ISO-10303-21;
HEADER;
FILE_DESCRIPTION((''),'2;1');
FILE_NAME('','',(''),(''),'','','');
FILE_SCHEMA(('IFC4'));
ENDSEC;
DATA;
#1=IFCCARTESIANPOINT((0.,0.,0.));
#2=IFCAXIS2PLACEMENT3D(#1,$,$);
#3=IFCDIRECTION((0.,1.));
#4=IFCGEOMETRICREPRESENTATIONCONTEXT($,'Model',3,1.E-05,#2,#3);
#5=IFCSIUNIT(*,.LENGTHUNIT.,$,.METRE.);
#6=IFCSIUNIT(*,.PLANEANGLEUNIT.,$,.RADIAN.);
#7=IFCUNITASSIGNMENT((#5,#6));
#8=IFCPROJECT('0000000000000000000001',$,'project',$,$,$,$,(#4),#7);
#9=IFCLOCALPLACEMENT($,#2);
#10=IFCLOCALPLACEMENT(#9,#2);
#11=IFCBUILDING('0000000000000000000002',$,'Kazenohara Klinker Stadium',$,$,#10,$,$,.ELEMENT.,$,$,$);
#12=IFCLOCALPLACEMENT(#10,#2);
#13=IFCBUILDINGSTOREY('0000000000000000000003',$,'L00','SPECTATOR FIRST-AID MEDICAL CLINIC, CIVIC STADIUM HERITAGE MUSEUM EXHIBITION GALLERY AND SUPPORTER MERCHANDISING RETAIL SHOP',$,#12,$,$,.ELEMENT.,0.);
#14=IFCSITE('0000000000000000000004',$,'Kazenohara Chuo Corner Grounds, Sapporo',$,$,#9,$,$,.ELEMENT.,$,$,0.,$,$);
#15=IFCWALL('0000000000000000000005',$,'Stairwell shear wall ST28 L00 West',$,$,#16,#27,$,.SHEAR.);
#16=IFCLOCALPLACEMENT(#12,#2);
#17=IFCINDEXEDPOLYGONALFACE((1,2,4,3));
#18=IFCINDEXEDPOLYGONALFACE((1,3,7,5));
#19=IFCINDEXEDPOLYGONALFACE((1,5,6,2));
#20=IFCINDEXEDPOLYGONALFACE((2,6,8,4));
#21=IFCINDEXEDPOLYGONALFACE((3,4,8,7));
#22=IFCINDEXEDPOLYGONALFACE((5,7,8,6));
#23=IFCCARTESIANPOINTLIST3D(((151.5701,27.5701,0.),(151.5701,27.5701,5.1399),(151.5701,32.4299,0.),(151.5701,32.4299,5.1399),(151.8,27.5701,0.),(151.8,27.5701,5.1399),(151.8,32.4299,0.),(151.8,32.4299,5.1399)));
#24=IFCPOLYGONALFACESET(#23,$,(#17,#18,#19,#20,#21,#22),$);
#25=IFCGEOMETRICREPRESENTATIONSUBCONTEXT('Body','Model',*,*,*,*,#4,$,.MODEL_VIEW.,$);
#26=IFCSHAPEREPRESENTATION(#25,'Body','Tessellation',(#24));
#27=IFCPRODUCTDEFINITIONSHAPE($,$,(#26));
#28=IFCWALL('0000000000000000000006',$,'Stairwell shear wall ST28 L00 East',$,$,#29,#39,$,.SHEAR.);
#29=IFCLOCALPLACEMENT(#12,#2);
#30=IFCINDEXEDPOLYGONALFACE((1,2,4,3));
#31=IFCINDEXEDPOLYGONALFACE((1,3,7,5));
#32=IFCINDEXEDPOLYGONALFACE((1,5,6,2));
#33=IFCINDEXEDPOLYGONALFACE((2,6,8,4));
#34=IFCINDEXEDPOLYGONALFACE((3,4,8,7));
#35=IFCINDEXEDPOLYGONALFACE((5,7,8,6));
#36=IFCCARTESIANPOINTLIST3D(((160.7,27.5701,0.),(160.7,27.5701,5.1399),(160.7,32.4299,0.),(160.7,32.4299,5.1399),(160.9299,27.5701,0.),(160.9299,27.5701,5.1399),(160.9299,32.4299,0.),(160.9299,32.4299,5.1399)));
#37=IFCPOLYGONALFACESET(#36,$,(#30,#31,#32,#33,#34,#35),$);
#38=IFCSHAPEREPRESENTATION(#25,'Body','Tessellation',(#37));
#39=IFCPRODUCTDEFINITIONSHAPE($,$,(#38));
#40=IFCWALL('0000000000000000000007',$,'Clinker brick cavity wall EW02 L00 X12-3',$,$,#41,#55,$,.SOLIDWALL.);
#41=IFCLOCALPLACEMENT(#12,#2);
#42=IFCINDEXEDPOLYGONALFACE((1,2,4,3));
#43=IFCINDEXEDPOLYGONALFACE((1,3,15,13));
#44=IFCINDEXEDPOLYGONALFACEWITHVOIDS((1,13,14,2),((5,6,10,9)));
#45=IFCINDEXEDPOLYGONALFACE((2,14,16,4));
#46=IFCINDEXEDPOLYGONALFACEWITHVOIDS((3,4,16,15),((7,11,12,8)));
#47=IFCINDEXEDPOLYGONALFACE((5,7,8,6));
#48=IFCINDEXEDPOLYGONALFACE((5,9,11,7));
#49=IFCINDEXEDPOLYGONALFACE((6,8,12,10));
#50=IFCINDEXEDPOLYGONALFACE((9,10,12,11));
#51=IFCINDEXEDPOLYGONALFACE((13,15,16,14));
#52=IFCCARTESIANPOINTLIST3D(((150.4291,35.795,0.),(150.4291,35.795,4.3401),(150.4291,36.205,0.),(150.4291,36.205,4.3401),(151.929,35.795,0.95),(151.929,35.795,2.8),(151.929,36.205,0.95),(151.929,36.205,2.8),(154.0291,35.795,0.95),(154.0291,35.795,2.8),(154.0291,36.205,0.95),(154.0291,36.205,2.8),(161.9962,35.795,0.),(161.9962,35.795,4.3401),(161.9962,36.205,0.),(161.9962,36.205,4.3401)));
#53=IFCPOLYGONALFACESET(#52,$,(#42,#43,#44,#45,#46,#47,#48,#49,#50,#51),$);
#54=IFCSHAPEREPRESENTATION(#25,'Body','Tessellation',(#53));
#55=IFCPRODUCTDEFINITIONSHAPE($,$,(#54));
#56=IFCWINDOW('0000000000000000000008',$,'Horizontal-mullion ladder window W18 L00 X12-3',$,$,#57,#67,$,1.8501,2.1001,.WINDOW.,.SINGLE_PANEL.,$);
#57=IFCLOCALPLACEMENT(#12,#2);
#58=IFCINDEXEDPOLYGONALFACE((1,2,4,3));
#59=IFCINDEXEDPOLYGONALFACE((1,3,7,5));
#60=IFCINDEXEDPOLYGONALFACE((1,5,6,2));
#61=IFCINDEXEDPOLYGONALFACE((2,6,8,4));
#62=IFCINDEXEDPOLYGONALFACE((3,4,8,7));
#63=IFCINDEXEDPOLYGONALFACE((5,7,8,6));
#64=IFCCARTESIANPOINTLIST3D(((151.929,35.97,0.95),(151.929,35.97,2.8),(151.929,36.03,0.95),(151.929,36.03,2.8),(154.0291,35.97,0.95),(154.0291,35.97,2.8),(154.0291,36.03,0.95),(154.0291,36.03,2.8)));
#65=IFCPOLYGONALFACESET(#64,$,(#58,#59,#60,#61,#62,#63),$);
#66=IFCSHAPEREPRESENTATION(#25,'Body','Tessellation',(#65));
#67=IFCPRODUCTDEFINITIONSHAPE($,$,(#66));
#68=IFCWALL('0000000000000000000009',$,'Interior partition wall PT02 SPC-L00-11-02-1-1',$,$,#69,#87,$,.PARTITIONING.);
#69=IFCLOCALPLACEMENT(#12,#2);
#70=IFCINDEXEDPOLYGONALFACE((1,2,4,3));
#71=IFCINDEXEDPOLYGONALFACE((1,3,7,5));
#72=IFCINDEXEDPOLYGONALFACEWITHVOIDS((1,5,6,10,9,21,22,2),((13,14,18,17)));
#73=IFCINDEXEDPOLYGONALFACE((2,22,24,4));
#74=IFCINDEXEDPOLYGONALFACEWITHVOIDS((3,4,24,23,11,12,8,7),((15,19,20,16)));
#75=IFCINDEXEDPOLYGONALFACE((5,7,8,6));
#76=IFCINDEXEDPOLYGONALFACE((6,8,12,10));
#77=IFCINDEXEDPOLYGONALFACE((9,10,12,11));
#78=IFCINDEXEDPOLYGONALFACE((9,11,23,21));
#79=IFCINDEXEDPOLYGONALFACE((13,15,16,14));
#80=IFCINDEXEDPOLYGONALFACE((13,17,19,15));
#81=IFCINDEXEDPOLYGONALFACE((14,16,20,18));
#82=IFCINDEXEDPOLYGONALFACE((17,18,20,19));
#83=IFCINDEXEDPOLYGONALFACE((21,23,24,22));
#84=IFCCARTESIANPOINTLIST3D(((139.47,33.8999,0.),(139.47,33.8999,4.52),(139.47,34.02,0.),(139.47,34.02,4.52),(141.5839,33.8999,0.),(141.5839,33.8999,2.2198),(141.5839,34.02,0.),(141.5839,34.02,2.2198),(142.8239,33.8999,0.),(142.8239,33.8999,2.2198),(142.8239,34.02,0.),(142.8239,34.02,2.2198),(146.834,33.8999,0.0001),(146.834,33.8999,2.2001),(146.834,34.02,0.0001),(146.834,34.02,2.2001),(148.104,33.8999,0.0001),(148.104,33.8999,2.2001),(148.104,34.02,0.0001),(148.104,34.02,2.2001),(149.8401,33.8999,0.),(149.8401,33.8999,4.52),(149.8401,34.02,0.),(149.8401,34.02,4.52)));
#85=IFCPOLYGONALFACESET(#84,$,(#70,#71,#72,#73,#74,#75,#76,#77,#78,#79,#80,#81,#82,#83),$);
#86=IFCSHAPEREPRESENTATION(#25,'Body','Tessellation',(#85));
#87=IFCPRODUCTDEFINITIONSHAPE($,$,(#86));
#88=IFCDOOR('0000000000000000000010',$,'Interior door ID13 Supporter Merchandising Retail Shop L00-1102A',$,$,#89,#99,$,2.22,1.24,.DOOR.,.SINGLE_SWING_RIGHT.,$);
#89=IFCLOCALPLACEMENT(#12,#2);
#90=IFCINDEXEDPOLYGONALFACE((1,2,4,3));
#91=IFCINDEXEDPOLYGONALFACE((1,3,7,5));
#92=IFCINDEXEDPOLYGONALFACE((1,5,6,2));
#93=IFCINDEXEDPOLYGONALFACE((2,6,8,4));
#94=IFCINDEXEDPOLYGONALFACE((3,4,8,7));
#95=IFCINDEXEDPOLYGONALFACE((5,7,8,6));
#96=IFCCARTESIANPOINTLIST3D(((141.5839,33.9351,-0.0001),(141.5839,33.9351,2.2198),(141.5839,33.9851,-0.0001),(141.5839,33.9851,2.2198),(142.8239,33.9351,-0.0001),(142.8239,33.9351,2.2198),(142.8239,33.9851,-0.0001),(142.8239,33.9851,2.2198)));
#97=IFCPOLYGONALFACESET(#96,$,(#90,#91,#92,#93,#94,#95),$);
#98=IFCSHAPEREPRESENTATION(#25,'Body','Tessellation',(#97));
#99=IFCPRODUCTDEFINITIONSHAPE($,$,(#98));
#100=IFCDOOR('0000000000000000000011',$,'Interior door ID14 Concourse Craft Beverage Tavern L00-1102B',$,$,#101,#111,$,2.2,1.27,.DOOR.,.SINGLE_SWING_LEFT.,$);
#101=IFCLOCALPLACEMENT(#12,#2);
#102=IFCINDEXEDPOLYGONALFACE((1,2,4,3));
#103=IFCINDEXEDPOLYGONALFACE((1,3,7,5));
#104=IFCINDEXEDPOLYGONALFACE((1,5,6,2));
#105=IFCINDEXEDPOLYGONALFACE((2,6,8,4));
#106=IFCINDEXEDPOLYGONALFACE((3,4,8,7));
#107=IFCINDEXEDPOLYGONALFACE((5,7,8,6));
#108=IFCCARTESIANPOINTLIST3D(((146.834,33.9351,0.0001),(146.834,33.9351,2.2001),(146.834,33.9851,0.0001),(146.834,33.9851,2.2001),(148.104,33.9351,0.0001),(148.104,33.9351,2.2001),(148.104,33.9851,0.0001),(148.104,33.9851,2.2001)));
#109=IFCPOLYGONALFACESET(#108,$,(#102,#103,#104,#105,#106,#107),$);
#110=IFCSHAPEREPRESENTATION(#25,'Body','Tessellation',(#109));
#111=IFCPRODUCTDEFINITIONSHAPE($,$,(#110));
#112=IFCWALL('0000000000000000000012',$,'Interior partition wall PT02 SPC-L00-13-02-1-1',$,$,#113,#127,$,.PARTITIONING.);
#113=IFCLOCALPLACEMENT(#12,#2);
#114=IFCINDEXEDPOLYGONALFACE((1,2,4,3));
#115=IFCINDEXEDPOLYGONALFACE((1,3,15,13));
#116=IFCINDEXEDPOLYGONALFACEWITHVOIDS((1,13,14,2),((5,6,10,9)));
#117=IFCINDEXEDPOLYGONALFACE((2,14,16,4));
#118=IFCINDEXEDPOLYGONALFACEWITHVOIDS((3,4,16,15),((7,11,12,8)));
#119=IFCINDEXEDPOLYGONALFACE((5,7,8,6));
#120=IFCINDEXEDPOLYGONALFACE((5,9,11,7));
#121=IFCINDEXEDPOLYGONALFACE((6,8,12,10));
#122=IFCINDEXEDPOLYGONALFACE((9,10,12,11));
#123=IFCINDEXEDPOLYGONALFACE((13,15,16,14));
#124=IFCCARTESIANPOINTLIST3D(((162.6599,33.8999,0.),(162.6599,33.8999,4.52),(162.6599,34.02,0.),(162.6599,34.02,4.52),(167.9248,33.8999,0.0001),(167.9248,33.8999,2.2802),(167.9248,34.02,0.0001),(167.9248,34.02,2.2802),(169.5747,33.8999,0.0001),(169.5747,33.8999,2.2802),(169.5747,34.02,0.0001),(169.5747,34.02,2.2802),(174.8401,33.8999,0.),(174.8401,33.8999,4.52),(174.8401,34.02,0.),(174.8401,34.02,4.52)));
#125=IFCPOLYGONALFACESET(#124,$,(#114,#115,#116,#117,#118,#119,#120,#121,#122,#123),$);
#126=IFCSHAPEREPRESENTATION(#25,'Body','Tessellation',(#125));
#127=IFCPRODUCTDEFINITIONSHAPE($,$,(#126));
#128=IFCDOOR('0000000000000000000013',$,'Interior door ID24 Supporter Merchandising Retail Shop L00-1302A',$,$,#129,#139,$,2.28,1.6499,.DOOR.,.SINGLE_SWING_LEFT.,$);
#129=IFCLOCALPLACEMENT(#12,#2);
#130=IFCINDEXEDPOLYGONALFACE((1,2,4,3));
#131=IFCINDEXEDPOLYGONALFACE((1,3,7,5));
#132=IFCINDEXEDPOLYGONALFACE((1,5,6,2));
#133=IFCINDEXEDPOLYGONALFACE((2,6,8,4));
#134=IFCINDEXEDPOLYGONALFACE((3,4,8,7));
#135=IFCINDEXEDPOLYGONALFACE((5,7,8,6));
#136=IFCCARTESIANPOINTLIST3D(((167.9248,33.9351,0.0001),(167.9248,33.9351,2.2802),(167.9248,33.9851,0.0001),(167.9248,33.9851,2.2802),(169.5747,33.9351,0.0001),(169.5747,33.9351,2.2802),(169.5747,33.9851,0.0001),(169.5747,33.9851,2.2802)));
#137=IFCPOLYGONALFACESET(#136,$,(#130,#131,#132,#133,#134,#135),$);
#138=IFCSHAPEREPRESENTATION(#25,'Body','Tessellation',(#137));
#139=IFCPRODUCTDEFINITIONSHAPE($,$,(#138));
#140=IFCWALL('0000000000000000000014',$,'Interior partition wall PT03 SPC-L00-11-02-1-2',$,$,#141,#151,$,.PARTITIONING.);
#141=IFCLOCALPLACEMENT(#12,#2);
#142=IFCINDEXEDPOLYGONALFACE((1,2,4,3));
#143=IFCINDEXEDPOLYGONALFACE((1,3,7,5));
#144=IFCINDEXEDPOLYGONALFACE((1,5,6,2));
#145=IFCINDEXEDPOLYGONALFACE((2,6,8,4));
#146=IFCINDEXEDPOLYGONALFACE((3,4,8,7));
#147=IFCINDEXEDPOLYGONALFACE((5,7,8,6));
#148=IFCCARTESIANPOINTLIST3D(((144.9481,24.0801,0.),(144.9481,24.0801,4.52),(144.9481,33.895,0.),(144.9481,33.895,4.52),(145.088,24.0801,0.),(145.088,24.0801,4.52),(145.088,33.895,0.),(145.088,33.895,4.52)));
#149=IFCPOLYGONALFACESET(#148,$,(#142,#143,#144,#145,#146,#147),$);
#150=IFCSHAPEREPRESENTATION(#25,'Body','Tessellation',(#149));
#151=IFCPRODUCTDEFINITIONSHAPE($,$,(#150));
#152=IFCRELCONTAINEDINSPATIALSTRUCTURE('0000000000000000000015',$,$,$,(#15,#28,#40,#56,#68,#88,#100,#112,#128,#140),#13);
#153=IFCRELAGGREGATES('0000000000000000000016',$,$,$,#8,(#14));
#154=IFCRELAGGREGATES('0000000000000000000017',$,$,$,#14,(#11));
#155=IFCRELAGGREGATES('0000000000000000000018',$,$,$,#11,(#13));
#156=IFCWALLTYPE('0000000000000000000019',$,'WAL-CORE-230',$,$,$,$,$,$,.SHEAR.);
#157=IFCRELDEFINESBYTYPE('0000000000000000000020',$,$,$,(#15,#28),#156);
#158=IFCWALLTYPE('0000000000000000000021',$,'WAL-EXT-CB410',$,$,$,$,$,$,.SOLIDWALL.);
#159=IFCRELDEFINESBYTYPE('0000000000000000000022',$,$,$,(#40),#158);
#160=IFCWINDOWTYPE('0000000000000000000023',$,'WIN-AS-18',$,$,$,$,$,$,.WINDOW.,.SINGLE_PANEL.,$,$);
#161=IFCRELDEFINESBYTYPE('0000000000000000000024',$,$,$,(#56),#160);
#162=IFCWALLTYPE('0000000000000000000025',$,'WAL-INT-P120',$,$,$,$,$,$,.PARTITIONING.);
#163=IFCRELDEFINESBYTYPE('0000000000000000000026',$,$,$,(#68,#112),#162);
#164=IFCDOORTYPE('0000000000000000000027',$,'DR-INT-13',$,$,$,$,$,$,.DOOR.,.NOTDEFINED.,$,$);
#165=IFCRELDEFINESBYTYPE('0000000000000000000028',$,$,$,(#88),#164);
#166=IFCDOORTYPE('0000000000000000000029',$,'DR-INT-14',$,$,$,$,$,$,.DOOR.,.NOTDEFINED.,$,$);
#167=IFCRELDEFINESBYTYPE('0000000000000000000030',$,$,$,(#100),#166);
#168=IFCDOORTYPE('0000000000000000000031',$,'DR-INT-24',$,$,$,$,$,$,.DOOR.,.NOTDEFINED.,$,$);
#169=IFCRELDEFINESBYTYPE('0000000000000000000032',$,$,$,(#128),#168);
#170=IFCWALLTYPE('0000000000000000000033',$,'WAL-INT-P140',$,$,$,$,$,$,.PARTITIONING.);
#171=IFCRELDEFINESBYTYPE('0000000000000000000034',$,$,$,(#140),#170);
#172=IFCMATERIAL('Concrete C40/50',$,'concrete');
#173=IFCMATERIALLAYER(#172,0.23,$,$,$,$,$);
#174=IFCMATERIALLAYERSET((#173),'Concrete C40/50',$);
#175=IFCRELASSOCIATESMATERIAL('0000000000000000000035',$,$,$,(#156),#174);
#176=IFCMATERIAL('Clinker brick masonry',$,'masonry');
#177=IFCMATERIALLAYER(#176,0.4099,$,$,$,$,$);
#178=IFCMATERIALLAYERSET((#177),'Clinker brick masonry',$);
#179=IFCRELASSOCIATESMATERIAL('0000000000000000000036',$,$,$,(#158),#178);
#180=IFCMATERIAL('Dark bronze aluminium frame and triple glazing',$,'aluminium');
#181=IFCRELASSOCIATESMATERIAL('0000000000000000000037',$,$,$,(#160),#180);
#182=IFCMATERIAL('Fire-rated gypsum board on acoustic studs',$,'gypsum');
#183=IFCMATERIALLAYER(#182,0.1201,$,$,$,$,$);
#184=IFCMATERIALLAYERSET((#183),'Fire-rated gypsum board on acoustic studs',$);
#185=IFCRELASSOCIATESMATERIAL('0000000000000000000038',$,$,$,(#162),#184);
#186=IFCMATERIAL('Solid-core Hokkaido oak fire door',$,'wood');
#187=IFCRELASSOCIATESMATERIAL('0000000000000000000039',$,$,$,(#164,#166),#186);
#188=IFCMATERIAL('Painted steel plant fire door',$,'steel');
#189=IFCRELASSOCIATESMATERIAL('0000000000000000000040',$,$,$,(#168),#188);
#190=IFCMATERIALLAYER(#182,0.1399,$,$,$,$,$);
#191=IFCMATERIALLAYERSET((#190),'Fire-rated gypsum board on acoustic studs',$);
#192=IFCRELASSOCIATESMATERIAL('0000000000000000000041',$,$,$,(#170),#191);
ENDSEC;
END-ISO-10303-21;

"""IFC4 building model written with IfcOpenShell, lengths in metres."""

from ifc_helpers import new_model, si_unit, direction, frame, frame_2d, origin, place, context, subcontext, project, spatial, rectangle, extrude, material, layer, layer_set, type_object, element, fill, save


model = new_model("IFC4")

# Units and contexts
model_context = context("Model", 3, precision=1e-05, world=origin(), true_north=direction((0.0, 1.0)))
body_context = subcontext(model_context, "Body", "Model", "MODEL_VIEW")
ifc_project = project(units=[si_unit("LENGTHUNIT", "METRE"), si_unit("PLANEANGLEUNIT", "RADIAN")], contexts=[model_context])

# Site, building, storey
site_placement = place(None, origin())
site = spatial("IfcSite", under=ifc_project, at=site_placement, Name="Kazenohara Chuo Corner Grounds, Sapporo", CompositionType="ELEMENT", RefElevation=0.0)
building_placement = place(site_placement, origin())
building = spatial("IfcBuilding", under=site, at=building_placement, Name="Kazenohara Klinker Stadium", CompositionType="ELEMENT")
storey_placement = place(building_placement, origin())
storey = spatial("IfcBuildingStorey", under=building, at=storey_placement, Name="L00", Description="SPECTATOR FIRST-AID MEDICAL CLINIC, CIVIC STADIUM HERITAGE MUSEUM EXHIBITION GALLERY AND SUPPORTER MERCHANDISING RETAIL SHOP", CompositionType="ELEMENT", Elevation=0.0)

# Shared definitions
ifc_material_1 = material(Name="Concrete C40/50", Category="concrete")

# Shared definitions
ifc_layer_1 = layer(ifc_material_1, 0.23)
ifc_layer_set_1 = layer_set([ifc_layer_1], Name="Concrete C40/50")
wall_type_1 = type_object("IfcWallType", Name="WAL-CORE-230", PredefinedType="SHEAR", material=ifc_layer_set_1)

# Walls
for number, where, z_axis, x_axis, name in (
    (1, (151.6851, 27.5701, 0.0), (0.0, 0.0, 1.0), (0.0, 1.0, 0.0), "Stairwell shear wall ST28 L00 West"),
    (2, (160.8149, 27.5701, 0.0), (0.0, 0.0, 1.0), (0.0, 1.0, 0.0), "Stairwell shear wall ST28 L00 East"),
):
    element("IfcWall", number, at=place(storey_placement, frame(where, z_axis=z_axis, x_axis=x_axis)), inside=storey, type_object=wall_type_1, Name=name, PredefinedType="SHEAR", context=body_context, shape_type="SweptSolid", body=[
        extrude(rectangle(XDim=4.8599, YDim=0.23, at=frame_2d((2.4299, 0.0))), origin(), (0.0, 0.0, 1.0), 5.1399),
    ])

# Wall, opening, window
ifc_material_2 = material(Name="Clinker brick masonry", Category="masonry")
ifc_layer_2 = layer(ifc_material_2, 0.4099)
ifc_layer_set_2 = layer_set([ifc_layer_2], Name="Clinker brick masonry")
wall_type_2 = type_object("IfcWallType", Name="WAL-EXT-CB410", PredefinedType="SOLIDWALL", material=ifc_layer_set_2)
wall_1_placement = place(storey_placement, frame((150.429, 36.0, 0.0), z_axis=(0.0, 0.0, 1.0), x_axis=(1.0, 0.0, 0.0)))
wall_1 = element("IfcWall", 3, at=wall_1_placement, inside=storey, type_object=wall_type_2, Name="Clinker brick cavity wall EW02 L00 X12-3", PredefinedType="SOLIDWALL", context=body_context, shape_type="SweptSolid", body=[
    extrude(rectangle(XDim=11.5671, YDim=0.4099, at=frame_2d((5.7837, 0.0))), origin(), (0.0, 0.0, 1.0), 4.3401),
])
opening_1_placement = place(wall_1_placement, frame((1.5, 0.0, 0.95)))
opening_1 = element("IfcOpeningElement", 4, at=opening_1_placement, cuts=wall_1, PredefinedType="OPENING", context=body_context, shape_type="SweptSolid", body=[
    extrude(rectangle(XDim=2.1001, YDim=1.8501, at=frame_2d((1.05, 0.925))), frame((0.0, 0.2148, 0.0), z_axis=(0.0, -1.0, 0.0), x_axis=(1.0, 0.0, 0.0)), (0.0, 0.0, 1.0), 0.4299),
])
ifc_material_3 = material(Name="Dark bronze aluminium frame and triple glazing", Category="aluminium")
window_type = type_object("IfcWindowType", Name="WIN-AS-18", PartitioningType="SINGLE_PANEL", PredefinedType="WINDOW", material=ifc_material_3)
window_placement = place(opening_1_placement, origin())
window = element("IfcWindow", 5, at=window_placement, inside=storey, type_object=window_type, Name="Horizontal-mullion ladder window W18 L00 X12-3", OverallHeight=1.8501, OverallWidth=2.1001, PartitioningType="SINGLE_PANEL", PredefinedType="WINDOW", context=body_context, shape_type="SweptSolid", body=[
    extrude(rectangle(XDim=2.1001, YDim=1.8501, at=frame_2d((1.05, 0.925))), frame((0.0, 0.03, 0.0), z_axis=(0.0, -1.0, 0.0), x_axis=(1.0, 0.0, 0.0)), (0.0, 0.0, 1.0), 0.0601),
])
fill(opening_1, window)

# Wall, openings, doors
ifc_material_4 = material(Name="Fire-rated gypsum board on acoustic studs", Category="gypsum")
ifc_layer_3 = layer(ifc_material_4, 0.1201)
ifc_layer_set_3 = layer_set([ifc_layer_3], Name="Fire-rated gypsum board on acoustic studs")
wall_type_3 = type_object("IfcWallType", Name="WAL-INT-P120", PredefinedType="PARTITIONING", material=ifc_layer_set_3)
wall_2_placement = place(storey_placement, frame((139.47, 33.96, 0.0), z_axis=(0.0, 0.0, 1.0), x_axis=(1.0, 0.0, 0.0)))
wall_2 = element("IfcWall", 6, at=wall_2_placement, inside=storey, type_object=wall_type_3, Name="Interior partition wall PT02 SPC-L00-11-02-1-1", PredefinedType="PARTITIONING", context=body_context, shape_type="SweptSolid", body=[
    extrude(rectangle(XDim=10.3701, YDim=0.1201, at=frame_2d((5.1851, 0.0))), origin(), (0.0, 0.0, 1.0), 4.52),
])
opening_2_placement = place(wall_2_placement, frame((3.354, 0.0, 0.0), z_axis=(0.0, 0.0, 1.0), x_axis=(-1.0, 0.0, 0.0)))
opening_2 = element("IfcOpeningElement", 7, at=opening_2_placement, cuts=wall_2, PredefinedType="OPENING", context=body_context, shape_type="SweptSolid", body=[
    extrude(rectangle(XDim=1.24, YDim=2.22, at=frame_2d((0.6201, 1.1099))), frame((0.0, 0.0701, 0.0), z_axis=(0.0, -1.0, 0.0), x_axis=(1.0, 0.0, 0.0)), (0.0, 0.0, 1.0), 0.1401),
])
opening_3_placement = place(wall_2_placement, frame((8.634, 0.0, 0.0), z_axis=(0.0, 0.0, 1.0), x_axis=(-1.0, 0.0, 0.0)))
opening_3 = element("IfcOpeningElement", 8, at=opening_3_placement, cuts=wall_2, PredefinedType="OPENING", context=body_context, shape_type="SweptSolid", body=[
    extrude(rectangle(XDim=1.27, YDim=2.2, at=frame_2d((0.635, 1.1001))), frame((0.0, 0.0701, 0.0), z_axis=(0.0, -1.0, 0.0), x_axis=(1.0, 0.0, 0.0)), (0.0, 0.0, 1.0), 0.1401),
])
ifc_material_5 = material(Name="Solid-core Hokkaido oak fire door", Category="wood")
door_type_1 = type_object("IfcDoorType", Name="DR-INT-13", OperationType="NOTDEFINED", PredefinedType="DOOR", material=ifc_material_5)
door_1_placement = place(opening_2_placement, origin())
door_1 = element("IfcDoor", 9, at=door_1_placement, inside=storey, type_object=door_type_1, Name="Interior door ID13 Supporter Merchandising Retail Shop L00-1102A", OperationType="SINGLE_SWING_RIGHT", OverallHeight=2.22, OverallWidth=1.24, PredefinedType="DOOR", context=body_context, shape_type="SweptSolid", body=[
    extrude(rectangle(XDim=1.24, YDim=2.22, at=frame_2d((0.6201, 1.1099))), frame((0.0, 0.0249, 0.0), z_axis=(0.0, -1.0, 0.0), x_axis=(1.0, 0.0, 0.0)), (0.0, 0.0, 1.0), 0.05),
])
fill(opening_2, door_1)
door_type_2 = type_object("IfcDoorType", Name="DR-INT-14", OperationType="NOTDEFINED", PredefinedType="DOOR", material=ifc_material_5)
door_2_placement = place(opening_3_placement, origin())
door_2 = element("IfcDoor", 10, at=door_2_placement, inside=storey, type_object=door_type_2, Name="Interior door ID14 Concourse Craft Beverage Tavern L00-1102B", OperationType="SINGLE_SWING_LEFT", OverallHeight=2.2, OverallWidth=1.27, PredefinedType="DOOR", context=body_context, shape_type="SweptSolid", body=[
    extrude(rectangle(XDim=1.27, YDim=2.2, at=frame_2d((0.635, 1.1001))), frame((0.0, 0.0249, 0.0), z_axis=(0.0, -1.0, 0.0), x_axis=(1.0, 0.0, 0.0)), (0.0, 0.0, 1.0), 0.05),
])
fill(opening_3, door_2)

# Wall, opening, door
wall_3_placement = place(storey_placement, frame((162.6599, 33.96, 0.0), z_axis=(0.0, 0.0, 1.0), x_axis=(1.0, 0.0, 0.0)))
wall_3 = element("IfcWall", 11, at=wall_3_placement, inside=storey, type_object=wall_type_3, Name="Interior partition wall PT02 SPC-L00-13-02-1-1", PredefinedType="PARTITIONING", context=body_context, shape_type="SweptSolid", body=[
    extrude(rectangle(XDim=12.1802, YDim=0.1201, at=frame_2d((6.0901, 0.0))), origin(), (0.0, 0.0, 1.0), 4.52),
])
opening_4_placement = place(wall_3_placement, frame((6.9148, 0.0, 0.0), z_axis=(0.0, 0.0, 1.0), x_axis=(-1.0, 0.0, 0.0)))
opening_4 = element("IfcOpeningElement", 12, at=opening_4_placement, cuts=wall_3, PredefinedType="OPENING", context=body_context, shape_type="SweptSolid", body=[
    extrude(rectangle(XDim=1.6499, YDim=2.28, at=frame_2d((0.825, 1.1401))), frame((0.0, 0.0701, 0.0), z_axis=(0.0, -1.0, 0.0), x_axis=(1.0, 0.0, 0.0)), (0.0, 0.0, 1.0), 0.1401),
])
ifc_material_6 = material(Name="Painted steel plant fire door", Category="steel")
door_type_3 = type_object("IfcDoorType", Name="DR-INT-24", OperationType="NOTDEFINED", PredefinedType="DOOR", material=ifc_material_6)
door_3_placement = place(opening_4_placement, origin())
door_3 = element("IfcDoor", 13, at=door_3_placement, inside=storey, type_object=door_type_3, Name="Interior door ID24 Supporter Merchandising Retail Shop L00-1302A", OperationType="SINGLE_SWING_LEFT", OverallHeight=2.28, OverallWidth=1.6499, PredefinedType="DOOR", context=body_context, shape_type="SweptSolid", body=[
    extrude(rectangle(XDim=1.6499, YDim=2.28, at=frame_2d((0.825, 1.1401))), frame((0.0, 0.0249, 0.0), z_axis=(0.0, -1.0, 0.0), x_axis=(1.0, 0.0, 0.0)), (0.0, 0.0, 1.0), 0.05),
])
fill(opening_4, door_3)

# Wall
ifc_layer_4 = layer(ifc_material_4, 0.1399)
ifc_layer_set_4 = layer_set([ifc_layer_4], Name="Fire-rated gypsum board on acoustic studs")
wall_type_4 = type_object("IfcWallType", Name="WAL-INT-P140", PredefinedType="PARTITIONING", material=ifc_layer_set_4)
wall_4_placement = place(storey_placement, frame((145.0181, 24.0801, 0.0), z_axis=(0.0, 0.0, 1.0), x_axis=(0.0, 1.0, 0.0)))
element("IfcWall", 14, at=wall_4_placement, inside=storey, type_object=wall_type_4, Name="Interior partition wall PT03 SPC-L00-11-02-1-2", PredefinedType="PARTITIONING", context=body_context, shape_type="SweptSolid", body=[
    extrude(rectangle(XDim=9.8149, YDim=0.1399, at=frame_2d((4.9075, 0.0))), origin(), (0.0, 0.0, 1.0), 4.52),
])

save(model, "model.ifc")
